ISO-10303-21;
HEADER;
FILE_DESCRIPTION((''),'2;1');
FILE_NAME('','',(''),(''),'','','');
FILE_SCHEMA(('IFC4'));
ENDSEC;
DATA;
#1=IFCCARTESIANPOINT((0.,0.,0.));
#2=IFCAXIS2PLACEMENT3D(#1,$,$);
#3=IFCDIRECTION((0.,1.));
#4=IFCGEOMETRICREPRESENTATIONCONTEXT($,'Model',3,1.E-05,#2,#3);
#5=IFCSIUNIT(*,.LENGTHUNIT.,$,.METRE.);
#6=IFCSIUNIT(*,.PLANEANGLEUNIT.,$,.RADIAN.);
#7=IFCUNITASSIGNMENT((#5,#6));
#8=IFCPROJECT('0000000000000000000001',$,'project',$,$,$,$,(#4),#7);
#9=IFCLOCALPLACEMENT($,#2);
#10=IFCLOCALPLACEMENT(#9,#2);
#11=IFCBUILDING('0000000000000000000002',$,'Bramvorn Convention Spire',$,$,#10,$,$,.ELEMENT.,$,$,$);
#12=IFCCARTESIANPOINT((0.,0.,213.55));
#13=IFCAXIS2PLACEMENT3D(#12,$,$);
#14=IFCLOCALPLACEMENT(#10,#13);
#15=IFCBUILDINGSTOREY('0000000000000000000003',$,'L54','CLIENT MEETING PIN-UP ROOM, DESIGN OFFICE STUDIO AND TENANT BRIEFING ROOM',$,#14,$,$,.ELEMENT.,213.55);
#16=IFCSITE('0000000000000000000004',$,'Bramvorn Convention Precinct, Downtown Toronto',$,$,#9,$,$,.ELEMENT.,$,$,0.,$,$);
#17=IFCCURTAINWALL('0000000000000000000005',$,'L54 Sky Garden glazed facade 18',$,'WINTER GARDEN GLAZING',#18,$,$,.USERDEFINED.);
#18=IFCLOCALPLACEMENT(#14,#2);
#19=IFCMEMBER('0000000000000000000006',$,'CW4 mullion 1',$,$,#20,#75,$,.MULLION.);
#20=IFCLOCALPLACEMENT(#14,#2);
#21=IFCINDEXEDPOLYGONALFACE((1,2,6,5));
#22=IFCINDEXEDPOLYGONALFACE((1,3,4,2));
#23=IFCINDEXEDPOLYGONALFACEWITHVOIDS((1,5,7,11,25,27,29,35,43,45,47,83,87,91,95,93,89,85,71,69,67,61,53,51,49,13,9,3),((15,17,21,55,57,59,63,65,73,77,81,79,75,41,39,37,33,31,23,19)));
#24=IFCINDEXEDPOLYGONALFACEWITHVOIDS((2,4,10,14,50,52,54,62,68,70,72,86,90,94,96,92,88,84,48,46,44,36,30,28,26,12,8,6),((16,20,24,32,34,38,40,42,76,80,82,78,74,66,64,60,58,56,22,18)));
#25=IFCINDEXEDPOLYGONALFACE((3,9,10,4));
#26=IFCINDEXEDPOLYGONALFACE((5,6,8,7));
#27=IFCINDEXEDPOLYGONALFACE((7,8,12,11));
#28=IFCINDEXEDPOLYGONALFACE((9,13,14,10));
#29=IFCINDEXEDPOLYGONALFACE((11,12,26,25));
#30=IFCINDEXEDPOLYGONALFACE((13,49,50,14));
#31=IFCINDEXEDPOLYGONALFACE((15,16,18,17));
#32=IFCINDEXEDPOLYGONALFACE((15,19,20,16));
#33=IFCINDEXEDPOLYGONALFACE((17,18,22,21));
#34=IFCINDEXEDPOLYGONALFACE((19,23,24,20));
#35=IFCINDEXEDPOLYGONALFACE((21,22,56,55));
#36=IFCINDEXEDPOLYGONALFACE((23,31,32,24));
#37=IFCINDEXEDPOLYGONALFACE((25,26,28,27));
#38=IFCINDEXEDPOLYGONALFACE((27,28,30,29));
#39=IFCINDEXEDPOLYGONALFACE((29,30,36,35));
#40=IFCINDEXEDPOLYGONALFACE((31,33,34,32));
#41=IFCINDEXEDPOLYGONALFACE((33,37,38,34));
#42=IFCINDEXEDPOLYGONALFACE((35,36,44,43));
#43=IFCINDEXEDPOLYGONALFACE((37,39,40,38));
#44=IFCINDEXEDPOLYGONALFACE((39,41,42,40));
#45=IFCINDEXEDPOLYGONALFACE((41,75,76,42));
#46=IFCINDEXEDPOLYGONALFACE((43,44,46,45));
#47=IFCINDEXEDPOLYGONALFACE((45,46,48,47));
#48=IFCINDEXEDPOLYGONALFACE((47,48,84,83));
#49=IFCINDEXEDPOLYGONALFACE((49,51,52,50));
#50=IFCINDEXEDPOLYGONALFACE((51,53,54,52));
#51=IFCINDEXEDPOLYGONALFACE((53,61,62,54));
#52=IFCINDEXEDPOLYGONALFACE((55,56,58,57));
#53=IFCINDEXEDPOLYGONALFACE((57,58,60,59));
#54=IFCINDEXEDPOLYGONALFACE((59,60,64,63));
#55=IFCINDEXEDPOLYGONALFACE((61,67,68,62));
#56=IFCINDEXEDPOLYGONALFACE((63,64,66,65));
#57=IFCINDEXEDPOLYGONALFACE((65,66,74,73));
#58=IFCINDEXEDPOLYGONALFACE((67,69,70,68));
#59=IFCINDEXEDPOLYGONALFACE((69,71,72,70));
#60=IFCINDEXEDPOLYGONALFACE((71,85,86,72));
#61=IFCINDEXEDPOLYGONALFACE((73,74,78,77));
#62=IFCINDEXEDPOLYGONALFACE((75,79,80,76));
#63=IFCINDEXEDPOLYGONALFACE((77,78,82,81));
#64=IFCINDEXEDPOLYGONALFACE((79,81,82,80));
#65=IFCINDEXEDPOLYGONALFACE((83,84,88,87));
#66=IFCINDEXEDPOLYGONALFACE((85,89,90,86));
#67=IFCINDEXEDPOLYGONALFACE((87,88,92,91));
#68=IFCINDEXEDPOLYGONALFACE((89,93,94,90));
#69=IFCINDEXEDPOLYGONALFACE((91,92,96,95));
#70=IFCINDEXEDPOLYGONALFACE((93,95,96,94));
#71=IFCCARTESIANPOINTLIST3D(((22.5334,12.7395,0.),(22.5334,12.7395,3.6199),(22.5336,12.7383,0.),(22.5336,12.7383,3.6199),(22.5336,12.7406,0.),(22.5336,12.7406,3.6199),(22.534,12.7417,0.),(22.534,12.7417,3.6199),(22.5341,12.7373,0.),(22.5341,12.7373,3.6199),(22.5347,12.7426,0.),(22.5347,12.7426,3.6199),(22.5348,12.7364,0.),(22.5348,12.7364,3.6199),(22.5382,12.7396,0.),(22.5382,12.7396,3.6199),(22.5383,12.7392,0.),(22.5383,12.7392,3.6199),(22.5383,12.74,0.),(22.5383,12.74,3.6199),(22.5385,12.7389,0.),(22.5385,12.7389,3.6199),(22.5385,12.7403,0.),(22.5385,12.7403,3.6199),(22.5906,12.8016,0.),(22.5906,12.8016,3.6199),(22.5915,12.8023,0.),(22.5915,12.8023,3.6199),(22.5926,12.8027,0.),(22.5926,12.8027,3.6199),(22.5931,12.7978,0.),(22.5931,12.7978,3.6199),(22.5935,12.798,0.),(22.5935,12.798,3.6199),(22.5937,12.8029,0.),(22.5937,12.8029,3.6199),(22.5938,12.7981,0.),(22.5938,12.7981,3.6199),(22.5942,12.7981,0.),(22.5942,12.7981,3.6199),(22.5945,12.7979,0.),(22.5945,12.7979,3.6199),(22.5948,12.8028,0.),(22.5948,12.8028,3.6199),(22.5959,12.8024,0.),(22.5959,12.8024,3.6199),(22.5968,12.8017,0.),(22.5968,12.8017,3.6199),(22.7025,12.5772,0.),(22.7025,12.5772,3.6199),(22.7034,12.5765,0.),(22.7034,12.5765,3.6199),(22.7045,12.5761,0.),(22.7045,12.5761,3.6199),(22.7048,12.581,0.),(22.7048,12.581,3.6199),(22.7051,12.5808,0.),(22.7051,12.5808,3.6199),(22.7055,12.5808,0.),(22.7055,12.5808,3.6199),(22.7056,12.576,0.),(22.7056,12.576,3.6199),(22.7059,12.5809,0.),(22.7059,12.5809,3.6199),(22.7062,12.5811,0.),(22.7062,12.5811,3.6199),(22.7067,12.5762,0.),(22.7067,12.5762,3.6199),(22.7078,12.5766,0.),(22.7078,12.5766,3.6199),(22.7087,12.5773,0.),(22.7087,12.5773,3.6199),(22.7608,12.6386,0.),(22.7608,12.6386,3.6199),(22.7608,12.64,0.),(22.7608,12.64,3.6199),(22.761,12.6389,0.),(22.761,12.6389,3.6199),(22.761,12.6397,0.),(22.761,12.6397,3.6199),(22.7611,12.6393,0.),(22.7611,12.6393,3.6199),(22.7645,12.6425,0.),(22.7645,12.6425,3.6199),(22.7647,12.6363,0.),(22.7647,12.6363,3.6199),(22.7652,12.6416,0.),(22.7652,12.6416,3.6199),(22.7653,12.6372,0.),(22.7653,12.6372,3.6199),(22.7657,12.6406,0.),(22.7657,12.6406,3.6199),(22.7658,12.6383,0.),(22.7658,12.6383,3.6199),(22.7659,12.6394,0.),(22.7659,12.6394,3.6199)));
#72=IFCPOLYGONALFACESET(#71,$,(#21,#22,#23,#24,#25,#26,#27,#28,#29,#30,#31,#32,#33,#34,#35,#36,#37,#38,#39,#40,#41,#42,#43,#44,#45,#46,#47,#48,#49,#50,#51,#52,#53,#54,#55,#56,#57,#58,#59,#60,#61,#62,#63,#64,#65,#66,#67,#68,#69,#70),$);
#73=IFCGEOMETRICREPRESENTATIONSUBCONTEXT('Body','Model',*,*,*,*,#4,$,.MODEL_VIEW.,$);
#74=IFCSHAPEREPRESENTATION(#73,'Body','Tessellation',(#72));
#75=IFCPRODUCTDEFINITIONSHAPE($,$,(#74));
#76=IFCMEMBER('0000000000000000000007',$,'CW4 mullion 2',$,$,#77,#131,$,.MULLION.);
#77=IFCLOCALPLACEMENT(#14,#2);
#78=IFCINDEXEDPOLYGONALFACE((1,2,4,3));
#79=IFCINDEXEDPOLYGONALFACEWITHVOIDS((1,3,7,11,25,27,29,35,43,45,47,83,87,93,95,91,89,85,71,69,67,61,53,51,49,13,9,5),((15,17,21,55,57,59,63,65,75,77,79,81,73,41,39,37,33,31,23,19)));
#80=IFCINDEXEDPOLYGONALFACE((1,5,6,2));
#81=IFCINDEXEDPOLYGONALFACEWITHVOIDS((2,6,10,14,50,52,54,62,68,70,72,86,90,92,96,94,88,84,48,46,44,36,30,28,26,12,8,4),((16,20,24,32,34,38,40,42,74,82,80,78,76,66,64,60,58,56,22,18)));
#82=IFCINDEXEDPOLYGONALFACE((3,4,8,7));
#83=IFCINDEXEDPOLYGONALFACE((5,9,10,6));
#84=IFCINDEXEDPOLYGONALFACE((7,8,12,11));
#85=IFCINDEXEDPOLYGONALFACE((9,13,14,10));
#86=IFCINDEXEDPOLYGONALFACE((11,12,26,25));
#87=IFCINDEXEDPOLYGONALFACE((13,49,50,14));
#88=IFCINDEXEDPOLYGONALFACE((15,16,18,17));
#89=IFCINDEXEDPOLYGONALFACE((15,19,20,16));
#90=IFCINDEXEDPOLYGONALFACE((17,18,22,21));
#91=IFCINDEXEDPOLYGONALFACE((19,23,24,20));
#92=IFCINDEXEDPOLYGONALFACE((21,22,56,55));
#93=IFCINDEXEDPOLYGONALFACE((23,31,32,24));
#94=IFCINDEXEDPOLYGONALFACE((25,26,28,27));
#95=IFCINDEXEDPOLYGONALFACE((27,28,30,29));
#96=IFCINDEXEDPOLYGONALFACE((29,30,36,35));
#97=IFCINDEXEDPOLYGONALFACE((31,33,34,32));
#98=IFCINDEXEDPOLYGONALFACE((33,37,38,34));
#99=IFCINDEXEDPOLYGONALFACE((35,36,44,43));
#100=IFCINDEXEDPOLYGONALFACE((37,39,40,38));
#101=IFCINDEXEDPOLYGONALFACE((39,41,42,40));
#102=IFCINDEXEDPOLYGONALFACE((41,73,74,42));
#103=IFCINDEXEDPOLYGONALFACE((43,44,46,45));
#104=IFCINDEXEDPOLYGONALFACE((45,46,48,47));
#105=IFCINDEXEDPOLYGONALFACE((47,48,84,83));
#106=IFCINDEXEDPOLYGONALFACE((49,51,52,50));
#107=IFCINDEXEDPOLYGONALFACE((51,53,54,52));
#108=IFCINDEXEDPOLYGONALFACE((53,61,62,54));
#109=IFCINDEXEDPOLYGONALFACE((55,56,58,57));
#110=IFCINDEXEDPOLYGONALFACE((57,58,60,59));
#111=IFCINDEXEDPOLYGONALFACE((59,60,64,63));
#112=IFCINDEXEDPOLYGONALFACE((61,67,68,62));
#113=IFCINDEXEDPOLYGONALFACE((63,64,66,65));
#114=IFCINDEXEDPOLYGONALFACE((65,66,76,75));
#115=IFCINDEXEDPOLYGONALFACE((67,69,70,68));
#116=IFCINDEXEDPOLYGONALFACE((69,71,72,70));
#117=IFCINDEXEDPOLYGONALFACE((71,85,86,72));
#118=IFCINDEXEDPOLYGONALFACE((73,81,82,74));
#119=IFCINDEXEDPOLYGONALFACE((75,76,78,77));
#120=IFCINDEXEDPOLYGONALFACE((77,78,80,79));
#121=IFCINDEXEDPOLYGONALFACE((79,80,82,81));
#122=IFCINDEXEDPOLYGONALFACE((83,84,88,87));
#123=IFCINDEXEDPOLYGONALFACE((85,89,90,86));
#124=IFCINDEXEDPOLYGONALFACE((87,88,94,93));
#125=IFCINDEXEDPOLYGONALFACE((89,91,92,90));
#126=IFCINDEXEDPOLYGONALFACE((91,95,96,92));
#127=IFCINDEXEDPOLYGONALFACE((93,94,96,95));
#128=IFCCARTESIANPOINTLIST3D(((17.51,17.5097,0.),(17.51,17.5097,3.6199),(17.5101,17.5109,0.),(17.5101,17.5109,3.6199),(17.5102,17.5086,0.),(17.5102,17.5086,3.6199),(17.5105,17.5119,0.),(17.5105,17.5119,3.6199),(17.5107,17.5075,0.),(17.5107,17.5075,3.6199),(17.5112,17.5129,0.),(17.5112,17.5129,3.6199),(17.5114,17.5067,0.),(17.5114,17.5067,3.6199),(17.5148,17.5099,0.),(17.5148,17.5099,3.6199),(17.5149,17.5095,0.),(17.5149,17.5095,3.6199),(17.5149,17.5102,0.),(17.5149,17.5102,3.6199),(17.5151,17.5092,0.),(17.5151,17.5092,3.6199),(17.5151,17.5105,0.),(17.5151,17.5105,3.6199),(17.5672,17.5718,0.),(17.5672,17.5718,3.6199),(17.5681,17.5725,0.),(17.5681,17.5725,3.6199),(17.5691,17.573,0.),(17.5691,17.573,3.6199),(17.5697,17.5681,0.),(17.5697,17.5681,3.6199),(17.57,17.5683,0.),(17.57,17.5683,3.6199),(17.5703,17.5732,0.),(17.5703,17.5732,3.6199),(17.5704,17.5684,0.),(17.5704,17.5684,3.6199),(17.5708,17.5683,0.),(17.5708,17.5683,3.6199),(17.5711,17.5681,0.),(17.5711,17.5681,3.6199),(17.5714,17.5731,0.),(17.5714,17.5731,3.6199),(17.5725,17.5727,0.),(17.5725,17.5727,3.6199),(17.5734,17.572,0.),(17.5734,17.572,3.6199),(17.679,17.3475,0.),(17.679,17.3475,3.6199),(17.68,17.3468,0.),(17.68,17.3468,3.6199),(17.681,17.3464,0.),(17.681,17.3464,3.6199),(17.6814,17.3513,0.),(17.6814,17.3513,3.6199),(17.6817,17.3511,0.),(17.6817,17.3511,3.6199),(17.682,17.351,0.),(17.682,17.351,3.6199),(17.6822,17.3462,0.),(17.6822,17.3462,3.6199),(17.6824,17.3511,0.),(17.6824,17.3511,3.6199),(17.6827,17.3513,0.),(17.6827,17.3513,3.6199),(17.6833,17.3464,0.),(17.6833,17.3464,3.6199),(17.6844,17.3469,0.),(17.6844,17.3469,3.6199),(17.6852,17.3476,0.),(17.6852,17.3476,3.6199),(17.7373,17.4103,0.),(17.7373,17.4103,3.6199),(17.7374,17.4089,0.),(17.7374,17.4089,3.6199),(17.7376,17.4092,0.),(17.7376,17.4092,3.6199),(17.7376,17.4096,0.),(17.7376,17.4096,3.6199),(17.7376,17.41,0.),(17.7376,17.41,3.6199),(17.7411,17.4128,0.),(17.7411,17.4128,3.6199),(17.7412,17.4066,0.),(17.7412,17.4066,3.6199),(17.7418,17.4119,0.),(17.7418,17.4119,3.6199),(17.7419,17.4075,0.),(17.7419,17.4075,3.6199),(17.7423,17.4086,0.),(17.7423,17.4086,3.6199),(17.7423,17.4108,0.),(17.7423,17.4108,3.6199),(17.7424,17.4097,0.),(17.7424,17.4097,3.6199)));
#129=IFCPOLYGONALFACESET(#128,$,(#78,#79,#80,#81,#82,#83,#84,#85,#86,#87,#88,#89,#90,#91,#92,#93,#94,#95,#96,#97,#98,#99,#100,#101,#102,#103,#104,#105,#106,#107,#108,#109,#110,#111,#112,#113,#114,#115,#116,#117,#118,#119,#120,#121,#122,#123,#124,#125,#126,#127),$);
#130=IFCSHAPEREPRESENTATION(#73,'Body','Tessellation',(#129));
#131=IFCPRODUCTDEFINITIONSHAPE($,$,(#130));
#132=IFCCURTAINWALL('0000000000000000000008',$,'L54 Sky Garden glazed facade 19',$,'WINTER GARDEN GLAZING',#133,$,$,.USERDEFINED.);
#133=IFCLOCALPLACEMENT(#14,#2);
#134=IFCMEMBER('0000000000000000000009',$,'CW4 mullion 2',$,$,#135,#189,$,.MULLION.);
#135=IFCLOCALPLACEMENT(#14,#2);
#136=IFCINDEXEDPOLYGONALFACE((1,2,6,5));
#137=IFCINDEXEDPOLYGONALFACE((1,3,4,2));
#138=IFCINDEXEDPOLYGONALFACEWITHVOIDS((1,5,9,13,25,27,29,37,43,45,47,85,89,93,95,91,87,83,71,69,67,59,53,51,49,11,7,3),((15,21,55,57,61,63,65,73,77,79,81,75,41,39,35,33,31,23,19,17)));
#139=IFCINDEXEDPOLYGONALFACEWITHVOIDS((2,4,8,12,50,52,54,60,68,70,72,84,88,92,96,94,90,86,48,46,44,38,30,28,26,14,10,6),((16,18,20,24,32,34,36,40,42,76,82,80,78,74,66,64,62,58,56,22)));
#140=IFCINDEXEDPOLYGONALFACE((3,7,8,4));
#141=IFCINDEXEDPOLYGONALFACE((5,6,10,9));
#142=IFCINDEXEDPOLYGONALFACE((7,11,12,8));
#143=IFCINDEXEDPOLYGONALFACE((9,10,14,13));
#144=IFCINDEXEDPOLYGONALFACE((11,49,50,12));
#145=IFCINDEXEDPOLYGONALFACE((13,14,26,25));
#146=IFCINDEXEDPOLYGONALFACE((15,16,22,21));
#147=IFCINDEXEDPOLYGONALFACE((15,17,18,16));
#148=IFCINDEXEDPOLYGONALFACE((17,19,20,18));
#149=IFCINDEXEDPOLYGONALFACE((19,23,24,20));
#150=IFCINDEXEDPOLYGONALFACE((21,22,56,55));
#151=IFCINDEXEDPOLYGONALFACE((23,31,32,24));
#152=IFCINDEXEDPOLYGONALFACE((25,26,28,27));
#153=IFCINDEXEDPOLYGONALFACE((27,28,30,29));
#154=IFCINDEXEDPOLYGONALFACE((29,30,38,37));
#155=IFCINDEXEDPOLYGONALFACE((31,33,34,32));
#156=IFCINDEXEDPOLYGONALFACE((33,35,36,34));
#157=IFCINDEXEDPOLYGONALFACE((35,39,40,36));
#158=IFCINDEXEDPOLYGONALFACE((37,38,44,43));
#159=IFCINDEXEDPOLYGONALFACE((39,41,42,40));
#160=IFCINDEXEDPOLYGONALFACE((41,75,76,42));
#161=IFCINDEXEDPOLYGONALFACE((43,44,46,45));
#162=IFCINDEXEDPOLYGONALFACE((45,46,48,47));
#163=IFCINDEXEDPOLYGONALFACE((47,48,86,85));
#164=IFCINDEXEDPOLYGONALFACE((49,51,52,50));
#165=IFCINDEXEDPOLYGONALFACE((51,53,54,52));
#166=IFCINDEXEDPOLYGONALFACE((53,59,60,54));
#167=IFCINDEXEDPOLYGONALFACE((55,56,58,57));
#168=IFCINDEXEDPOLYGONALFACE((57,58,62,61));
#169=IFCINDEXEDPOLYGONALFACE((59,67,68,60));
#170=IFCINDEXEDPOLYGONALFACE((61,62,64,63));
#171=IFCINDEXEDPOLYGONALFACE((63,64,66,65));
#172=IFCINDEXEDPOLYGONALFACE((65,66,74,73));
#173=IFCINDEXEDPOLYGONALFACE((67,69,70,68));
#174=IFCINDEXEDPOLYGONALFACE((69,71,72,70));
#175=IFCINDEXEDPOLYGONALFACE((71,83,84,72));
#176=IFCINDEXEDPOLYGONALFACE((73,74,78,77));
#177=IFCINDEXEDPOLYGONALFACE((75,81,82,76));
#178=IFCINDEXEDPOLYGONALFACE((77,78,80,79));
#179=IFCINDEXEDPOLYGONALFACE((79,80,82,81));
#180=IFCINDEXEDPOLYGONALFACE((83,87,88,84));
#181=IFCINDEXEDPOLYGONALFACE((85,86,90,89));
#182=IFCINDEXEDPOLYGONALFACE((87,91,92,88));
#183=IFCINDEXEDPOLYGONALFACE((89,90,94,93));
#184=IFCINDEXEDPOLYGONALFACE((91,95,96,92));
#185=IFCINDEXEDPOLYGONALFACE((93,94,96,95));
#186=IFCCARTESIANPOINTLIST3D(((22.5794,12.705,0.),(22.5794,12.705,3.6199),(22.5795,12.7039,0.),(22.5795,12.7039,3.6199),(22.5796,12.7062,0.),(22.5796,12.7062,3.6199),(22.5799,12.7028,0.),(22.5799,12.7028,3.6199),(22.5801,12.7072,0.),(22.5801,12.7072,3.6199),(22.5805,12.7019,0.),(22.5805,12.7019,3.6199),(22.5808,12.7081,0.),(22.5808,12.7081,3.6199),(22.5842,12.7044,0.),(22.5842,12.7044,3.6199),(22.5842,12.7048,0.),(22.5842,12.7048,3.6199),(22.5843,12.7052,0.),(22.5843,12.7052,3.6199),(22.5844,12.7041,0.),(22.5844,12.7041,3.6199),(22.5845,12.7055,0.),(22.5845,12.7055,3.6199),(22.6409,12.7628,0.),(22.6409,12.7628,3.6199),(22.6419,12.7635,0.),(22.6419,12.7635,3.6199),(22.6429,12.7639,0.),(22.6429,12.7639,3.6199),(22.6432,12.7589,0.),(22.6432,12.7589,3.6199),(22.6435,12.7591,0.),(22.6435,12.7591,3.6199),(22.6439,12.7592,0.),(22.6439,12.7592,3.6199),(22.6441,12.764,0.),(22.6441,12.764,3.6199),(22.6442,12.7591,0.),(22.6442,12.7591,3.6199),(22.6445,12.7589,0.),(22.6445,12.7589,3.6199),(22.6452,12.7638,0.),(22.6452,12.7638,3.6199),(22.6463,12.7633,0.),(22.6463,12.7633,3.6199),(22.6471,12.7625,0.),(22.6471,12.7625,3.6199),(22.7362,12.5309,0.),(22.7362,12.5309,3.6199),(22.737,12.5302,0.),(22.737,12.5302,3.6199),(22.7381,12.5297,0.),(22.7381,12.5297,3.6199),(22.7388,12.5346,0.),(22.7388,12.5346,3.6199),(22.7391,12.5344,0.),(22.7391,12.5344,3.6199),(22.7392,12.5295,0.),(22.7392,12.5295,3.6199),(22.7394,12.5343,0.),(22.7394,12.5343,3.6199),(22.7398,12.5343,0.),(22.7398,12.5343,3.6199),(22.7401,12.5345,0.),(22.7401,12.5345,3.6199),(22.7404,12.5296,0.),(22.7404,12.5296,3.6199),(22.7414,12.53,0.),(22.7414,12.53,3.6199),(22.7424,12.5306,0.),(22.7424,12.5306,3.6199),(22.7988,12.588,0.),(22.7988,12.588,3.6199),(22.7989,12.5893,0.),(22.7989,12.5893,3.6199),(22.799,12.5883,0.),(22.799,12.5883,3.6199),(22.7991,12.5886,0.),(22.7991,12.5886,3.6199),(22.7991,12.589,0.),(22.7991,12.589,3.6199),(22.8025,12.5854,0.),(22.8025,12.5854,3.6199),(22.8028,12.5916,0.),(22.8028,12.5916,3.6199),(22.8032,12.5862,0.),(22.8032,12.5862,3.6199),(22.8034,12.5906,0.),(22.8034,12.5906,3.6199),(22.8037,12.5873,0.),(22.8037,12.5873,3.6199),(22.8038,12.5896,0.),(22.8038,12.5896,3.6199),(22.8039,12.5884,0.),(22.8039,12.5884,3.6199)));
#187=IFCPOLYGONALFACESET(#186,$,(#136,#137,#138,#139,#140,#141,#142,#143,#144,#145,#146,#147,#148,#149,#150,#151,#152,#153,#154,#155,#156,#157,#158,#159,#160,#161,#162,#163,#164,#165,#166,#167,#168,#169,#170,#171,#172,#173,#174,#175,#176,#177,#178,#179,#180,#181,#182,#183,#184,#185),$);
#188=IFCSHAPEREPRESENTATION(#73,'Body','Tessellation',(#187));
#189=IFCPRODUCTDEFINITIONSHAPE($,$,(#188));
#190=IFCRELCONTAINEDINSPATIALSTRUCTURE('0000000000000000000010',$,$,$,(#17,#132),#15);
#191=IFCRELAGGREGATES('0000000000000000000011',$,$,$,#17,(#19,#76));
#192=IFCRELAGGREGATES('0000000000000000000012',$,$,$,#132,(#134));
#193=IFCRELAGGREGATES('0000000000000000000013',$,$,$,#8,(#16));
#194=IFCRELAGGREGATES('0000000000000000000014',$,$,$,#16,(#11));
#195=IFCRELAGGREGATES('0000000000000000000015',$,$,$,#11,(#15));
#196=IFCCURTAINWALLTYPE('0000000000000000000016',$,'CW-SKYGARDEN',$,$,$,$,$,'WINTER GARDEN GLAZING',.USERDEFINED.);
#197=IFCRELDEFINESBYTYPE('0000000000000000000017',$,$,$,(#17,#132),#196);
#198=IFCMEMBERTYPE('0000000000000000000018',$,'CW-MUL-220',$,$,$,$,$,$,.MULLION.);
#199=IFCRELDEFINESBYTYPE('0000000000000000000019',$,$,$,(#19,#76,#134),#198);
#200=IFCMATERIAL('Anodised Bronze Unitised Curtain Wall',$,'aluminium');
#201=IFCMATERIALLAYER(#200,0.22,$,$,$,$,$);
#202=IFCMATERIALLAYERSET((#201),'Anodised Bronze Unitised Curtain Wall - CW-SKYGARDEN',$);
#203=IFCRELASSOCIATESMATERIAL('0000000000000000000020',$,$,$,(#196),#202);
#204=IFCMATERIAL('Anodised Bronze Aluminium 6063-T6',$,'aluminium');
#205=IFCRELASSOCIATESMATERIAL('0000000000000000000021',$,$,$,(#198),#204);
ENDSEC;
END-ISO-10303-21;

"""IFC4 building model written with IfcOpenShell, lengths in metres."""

from ifc_helpers import new_model, si_unit, direction, frame, origin, origin_2d, place, context, subcontext, project, spatial, hollow_rectangle, extrude, material, layer, layer_set, material_profile, profile_set, type_object, element, aggregate, save


model = new_model("IFC4")

# Units and contexts
model_context = context("Model", 3, precision=1e-05, world=origin(), true_north=direction((0.0, 1.0)))
body_context = subcontext(model_context, "Body", "Model", "MODEL_VIEW")
ifc_project = project(units=[si_unit("LENGTHUNIT", "METRE"), si_unit("PLANEANGLEUNIT", "RADIAN")], contexts=[model_context])

# Site, building, storey
site_placement = place(None, origin())
site = spatial("IfcSite", under=ifc_project, at=site_placement, Name="Bramvorn Convention Precinct, Downtown Toronto", CompositionType="ELEMENT", RefElevation=0.0)
building_placement = place(site_placement, origin())
building = spatial("IfcBuilding", under=site, at=building_placement, Name="Bramvorn Convention Spire", CompositionType="ELEMENT")
storey_placement = place(building_placement, frame((0.0, 0.0, 213.55)))
storey = spatial("IfcBuildingStorey", under=building, at=storey_placement, Name="L54", Description="CLIENT MEETING PIN-UP ROOM, DESIGN OFFICE STUDIO AND TENANT BRIEFING ROOM", CompositionType="ELEMENT", Elevation=213.55)

# Curtain wall, members
ifc_material_1 = material(Name="Anodised Bronze Unitised Curtain Wall", Category="aluminium")
ifc_layer_1 = layer(ifc_material_1, 0.22)
ifc_layer_set_1 = layer_set([ifc_layer_1], Name="Anodised Bronze Unitised Curtain Wall - CW-SKYGARDEN")
curtain_wall_type = type_object("IfcCurtainWallType", Name="CW-SKYGARDEN", ElementType="WINTER GARDEN GLAZING", PredefinedType="USERDEFINED", material=ifc_layer_set_1)
curtain_wall_1_placement = place(storey_placement, origin())
curtain_wall_1 = element("IfcCurtainWall", 1, at=curtain_wall_1_placement, inside=storey, type_object=curtain_wall_type, Name="L54 Sky Garden glazed facade 18", ObjectType="WINTER GARDEN GLAZING", PredefinedType="USERDEFINED")
ifc_material_2 = material(Name="Anodised Bronze Aluminium 6063-T6", Category="aluminium")
ifc_material_profile_1 = material_profile(ifc_material_2, hollow_rectangle(XDim=0.0901, YDim=0.24, WallThickness=0.0044, InnerFilletRadius=0.001, OuterFilletRadius=0.0044, at=origin_2d()))
ifc_profile_set_1 = profile_set([ifc_material_profile_1], Name="Anodised Bronze Aluminium 6063-T6 - CWM90X240")
member_type_1 = type_object("IfcMemberType", Name="CW-MUL-220", PredefinedType="MULLION", material=ifc_profile_set_1)
member_1_placement = place(storey_placement, frame((22.6497, 12.6895, 0.0), z_axis=(0.0, 0.0, 1.0), x_axis=(-0.688581, -0.72516, 0.0)))
member_1 = element("IfcMember", 2, at=member_1_placement, type_object=member_type_1, Name="CW4 mullion 1", PredefinedType="MULLION", context=body_context, shape_type="SweptSolid", body=[
    extrude(hollow_rectangle(XDim=0.0901, YDim=0.24, WallThickness=0.0044, InnerFilletRadius=0.001, OuterFilletRadius=0.0044, at=origin_2d()), origin(), (0.0, 0.0, 1.0), 3.6199),
])
member_2_placement = place(storey_placement, frame((17.6262, 17.4597, 0.0), z_axis=(0.0, 0.0, 1.0), x_axis=(-0.688581, -0.72516, 0.0)))
member_2 = element("IfcMember", 3, at=member_2_placement, type_object=member_type_1, Name="CW4 mullion 2", PredefinedType="MULLION", context=body_context, shape_type="SweptSolid", body=[
    extrude(hollow_rectangle(XDim=0.0901, YDim=0.24, WallThickness=0.0044, InnerFilletRadius=0.001, OuterFilletRadius=0.0044, at=origin_2d()), origin(), (0.0, 0.0, 1.0), 3.6199),
])

# Curtain wall, member
curtain_wall_2_placement = place(storey_placement, origin())
curtain_wall_2 = element("IfcCurtainWall", 4, at=curtain_wall_2_placement, inside=storey, type_object=curtain_wall_type, Name="L54 Sky Garden glazed facade 19", ObjectType="WINTER GARDEN GLAZING", PredefinedType="USERDEFINED")
member_3_placement = place(storey_placement, frame((22.6917, 12.6467, 0.0), z_axis=(0.0, 0.0, 1.0), x_axis=(-0.73942, -0.673245, 0.0)))
member_3 = element("IfcMember", 5, at=member_3_placement, type_object=member_type_1, Name="CW4 mullion 2", PredefinedType="MULLION", context=body_context, shape_type="SweptSolid", body=[
    extrude(hollow_rectangle(XDim=0.0901, YDim=0.24, WallThickness=0.0044, InnerFilletRadius=0.001, OuterFilletRadius=0.0044, at=origin_2d()), origin(), (0.0, 0.0, 1.0), 3.6199),
])

aggregate(curtain_wall_1, [member_1, member_2])
aggregate(curtain_wall_2, [member_3])

save(model, "model.ifc")
